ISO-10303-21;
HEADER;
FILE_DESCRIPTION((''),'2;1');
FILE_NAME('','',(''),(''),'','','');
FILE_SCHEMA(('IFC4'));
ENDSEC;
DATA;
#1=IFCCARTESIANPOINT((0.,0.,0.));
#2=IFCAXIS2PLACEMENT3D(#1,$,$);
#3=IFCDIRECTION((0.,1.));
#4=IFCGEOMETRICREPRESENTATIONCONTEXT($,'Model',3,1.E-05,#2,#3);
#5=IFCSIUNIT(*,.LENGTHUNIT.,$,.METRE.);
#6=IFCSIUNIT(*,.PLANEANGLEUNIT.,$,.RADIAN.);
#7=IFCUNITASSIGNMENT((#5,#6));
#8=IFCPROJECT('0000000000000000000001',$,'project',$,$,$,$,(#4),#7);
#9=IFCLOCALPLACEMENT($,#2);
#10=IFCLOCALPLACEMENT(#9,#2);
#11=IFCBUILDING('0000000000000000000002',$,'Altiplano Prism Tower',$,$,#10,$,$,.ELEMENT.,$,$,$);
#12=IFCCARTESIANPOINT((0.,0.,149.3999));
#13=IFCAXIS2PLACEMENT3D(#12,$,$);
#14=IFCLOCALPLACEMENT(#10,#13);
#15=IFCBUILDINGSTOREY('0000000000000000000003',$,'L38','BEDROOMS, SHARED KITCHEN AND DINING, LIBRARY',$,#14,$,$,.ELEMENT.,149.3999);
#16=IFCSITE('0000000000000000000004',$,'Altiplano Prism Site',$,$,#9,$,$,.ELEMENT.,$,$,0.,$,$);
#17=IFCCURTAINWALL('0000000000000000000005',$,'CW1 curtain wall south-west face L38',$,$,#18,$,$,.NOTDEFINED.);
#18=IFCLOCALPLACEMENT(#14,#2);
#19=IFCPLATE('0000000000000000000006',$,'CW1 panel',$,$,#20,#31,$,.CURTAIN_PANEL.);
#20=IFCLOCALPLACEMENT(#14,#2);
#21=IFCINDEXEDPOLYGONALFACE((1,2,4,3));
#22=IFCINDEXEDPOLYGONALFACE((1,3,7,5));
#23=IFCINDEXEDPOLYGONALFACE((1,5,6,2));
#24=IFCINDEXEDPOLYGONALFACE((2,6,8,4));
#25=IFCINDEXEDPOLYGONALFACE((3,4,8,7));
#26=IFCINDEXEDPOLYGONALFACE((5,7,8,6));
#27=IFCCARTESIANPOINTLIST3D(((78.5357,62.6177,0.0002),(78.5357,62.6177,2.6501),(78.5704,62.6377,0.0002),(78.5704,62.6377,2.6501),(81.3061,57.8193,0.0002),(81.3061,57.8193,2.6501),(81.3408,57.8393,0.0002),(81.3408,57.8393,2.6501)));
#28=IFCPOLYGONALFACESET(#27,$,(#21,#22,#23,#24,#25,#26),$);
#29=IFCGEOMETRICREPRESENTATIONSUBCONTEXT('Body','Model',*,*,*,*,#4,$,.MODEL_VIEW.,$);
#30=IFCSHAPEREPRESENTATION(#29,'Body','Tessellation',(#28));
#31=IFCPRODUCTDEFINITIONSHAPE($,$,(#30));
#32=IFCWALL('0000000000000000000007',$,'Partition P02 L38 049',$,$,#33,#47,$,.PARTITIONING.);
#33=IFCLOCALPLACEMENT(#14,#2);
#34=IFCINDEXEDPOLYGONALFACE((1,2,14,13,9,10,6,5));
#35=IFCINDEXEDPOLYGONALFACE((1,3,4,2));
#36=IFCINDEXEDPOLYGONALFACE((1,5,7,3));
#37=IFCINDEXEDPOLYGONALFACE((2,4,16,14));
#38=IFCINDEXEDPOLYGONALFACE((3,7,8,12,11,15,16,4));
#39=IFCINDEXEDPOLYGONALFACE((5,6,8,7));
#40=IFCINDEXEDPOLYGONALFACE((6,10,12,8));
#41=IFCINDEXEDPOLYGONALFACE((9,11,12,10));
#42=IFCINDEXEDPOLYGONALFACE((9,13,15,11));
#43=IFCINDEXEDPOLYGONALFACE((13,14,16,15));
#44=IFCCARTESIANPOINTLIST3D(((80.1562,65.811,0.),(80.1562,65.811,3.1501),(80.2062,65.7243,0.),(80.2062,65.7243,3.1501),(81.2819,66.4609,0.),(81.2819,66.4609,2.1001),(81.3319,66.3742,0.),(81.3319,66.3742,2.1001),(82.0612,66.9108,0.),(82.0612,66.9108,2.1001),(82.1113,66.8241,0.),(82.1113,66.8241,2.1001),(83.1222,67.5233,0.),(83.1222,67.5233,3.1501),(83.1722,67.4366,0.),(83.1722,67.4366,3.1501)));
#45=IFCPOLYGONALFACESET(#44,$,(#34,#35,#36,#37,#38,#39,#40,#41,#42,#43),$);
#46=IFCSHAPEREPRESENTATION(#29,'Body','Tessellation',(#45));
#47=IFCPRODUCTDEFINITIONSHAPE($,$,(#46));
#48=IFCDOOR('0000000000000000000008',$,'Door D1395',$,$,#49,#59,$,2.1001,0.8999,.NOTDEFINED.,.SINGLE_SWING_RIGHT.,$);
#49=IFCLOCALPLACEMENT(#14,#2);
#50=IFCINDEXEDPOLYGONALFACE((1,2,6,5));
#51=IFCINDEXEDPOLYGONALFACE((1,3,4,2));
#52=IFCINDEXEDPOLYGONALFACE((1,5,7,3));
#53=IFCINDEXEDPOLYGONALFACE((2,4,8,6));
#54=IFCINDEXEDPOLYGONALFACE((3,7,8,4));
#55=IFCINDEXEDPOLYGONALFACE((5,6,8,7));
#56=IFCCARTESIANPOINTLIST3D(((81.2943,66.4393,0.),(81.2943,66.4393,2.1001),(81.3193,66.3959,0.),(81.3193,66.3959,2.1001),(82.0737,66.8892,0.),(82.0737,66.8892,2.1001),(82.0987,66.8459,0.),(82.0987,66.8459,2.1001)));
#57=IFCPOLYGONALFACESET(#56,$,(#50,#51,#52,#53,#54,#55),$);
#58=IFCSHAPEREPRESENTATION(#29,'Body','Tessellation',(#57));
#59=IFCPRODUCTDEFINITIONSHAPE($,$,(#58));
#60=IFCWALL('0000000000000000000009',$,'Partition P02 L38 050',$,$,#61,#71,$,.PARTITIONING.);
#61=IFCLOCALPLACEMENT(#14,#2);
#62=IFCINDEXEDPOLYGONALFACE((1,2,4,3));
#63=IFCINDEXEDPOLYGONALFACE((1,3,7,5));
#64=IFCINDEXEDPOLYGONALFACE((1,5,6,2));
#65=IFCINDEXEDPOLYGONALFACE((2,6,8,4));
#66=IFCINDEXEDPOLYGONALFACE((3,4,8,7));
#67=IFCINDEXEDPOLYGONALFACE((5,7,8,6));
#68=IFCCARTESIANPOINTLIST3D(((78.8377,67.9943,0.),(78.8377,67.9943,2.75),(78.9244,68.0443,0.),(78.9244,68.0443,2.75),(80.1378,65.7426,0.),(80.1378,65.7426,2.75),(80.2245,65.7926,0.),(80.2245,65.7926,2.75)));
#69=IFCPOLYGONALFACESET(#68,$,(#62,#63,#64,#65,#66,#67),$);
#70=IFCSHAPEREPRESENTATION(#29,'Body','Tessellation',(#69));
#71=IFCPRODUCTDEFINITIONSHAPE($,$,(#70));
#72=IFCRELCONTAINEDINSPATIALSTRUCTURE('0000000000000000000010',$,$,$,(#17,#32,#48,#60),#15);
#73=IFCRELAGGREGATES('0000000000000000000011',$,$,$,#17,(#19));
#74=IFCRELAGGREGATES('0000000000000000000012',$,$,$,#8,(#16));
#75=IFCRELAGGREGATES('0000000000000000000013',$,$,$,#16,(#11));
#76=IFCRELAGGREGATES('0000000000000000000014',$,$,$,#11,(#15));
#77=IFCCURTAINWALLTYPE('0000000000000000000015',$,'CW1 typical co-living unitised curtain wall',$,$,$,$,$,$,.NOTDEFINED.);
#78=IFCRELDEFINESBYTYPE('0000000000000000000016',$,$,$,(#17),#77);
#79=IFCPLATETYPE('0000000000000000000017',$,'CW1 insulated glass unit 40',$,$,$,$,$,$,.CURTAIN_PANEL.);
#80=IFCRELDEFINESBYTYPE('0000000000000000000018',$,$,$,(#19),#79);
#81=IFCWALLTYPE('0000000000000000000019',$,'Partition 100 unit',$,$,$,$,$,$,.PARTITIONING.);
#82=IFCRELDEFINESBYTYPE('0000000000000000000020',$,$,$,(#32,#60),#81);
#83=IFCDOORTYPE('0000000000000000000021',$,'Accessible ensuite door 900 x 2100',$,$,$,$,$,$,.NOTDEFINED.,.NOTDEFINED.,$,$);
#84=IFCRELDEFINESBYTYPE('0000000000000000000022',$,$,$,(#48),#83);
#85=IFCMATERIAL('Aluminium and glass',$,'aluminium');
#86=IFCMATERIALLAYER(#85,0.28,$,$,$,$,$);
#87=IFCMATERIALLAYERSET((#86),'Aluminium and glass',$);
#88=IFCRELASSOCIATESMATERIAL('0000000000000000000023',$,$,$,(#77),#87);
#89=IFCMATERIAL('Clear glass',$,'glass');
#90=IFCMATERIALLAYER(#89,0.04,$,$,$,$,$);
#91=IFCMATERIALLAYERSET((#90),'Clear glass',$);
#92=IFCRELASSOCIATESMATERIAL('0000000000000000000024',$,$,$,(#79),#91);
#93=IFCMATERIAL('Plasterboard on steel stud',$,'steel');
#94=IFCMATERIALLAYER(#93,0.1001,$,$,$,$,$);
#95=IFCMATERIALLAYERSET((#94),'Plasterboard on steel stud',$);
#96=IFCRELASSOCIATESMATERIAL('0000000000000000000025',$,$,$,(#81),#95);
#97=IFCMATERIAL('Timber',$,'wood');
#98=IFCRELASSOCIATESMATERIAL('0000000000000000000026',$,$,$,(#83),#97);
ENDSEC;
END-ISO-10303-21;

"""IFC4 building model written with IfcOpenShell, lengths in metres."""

from ifc_helpers import new_model, si_unit, direction, frame, frame_2d, origin, origin_2d, place, context, subcontext, project, spatial, rectangle, extrude, material, layer, layer_set, type_object, element, fill, aggregate, save


model = new_model("IFC4")

# Units and contexts
model_context = context("Model", 3, precision=1e-05, world=origin(), true_north=direction((0.0, 1.0)))
body_context = subcontext(model_context, "Body", "Model", "MODEL_VIEW")
ifc_project = project(units=[si_unit("LENGTHUNIT", "METRE"), si_unit("PLANEANGLEUNIT", "RADIAN")], contexts=[model_context])

# Site, building, storey
site_placement = place(None, origin())
site = spatial("IfcSite", under=ifc_project, at=site_placement, Name="Altiplano Prism Site", CompositionType="ELEMENT", RefElevation=0.0)
building_placement = place(site_placement, origin())
building = spatial("IfcBuilding", under=site, at=building_placement, Name="Altiplano Prism Tower", CompositionType="ELEMENT")
storey_placement = place(building_placement, frame((0.0, 0.0, 149.3999)))
storey = spatial("IfcBuildingStorey", under=building, at=storey_placement, Name="L38", Description="BEDROOMS, SHARED KITCHEN AND DINING, LIBRARY", CompositionType="ELEMENT", Elevation=149.3999)

# Curtain wall, plate
ifc_material_1 = material(Name="Aluminium and glass", Category="aluminium")
ifc_layer_1 = layer(ifc_material_1, 0.28)
ifc_layer_set_1 = layer_set([ifc_layer_1], Name="Aluminium and glass")
curtain_wall_type = type_object("IfcCurtainWallType", Name="CW1 typical co-living unitised curtain wall", PredefinedType="NOTDEFINED", material=ifc_layer_set_1)
curtain_wall_placement = place(storey_placement, origin())
curtain_wall = element("IfcCurtainWall", 1, at=curtain_wall_placement, inside=storey, type_object=curtain_wall_type, Name="CW1 curtain wall south-west face L38", PredefinedType="NOTDEFINED")
ifc_material_2 = material(Name="Clear glass", Category="glass")
ifc_layer_2 = layer(ifc_material_2, 0.04)
ifc_layer_set_2 = layer_set([ifc_layer_2], Name="Clear glass")
plate_type = type_object("IfcPlateType", Name="CW1 insulated glass unit 40", PredefinedType="CURTAIN_PANEL", material=ifc_layer_set_2)
plate_placement = place(storey_placement, frame((79.9382, 60.2285, 0.0002), z_axis=(0.0, 0.0, 1.0), x_axis=(0.5, -0.866025, 0.0)))
plate = element("IfcPlate", 2, at=plate_placement, type_object=plate_type, Name="CW1 panel", PredefinedType="CURTAIN_PANEL", context=body_context, shape_type="SweptSolid", body=[
    extrude(rectangle(XDim=5.5408, YDim=0.04, at=origin_2d()), origin(), (0.0, 0.0, 1.0), 2.6499),
])
aggregate(curtain_wall, [plate])

# Wall, opening, door
ifc_material_3 = material(Name="Plasterboard on steel stud", Category="steel")
ifc_layer_3 = layer(ifc_material_3, 0.1001)
ifc_layer_set_3 = layer_set([ifc_layer_3], Name="Plasterboard on steel stud")
wall_type_1 = type_object("IfcWallType", Name="Partition 100 unit", PredefinedType="PARTITIONING", material=ifc_layer_set_3)
wall_1_placement = place(storey_placement, frame((83.1472, 67.48, 0.0), z_axis=(0.0, 0.0, 1.0), x_axis=(-0.866032, -0.499988, 0.0)))
wall_1 = element("IfcWall", 3, at=wall_1_placement, inside=storey, type_object=wall_type_1, Name="Partition P02 L38 049", PredefinedType="PARTITIONING", context=body_context, shape_type="SweptSolid", body=[
    extrude(rectangle(XDim=3.4248, YDim=0.1001, at=frame_2d((1.7124, 0.0))), origin(), (0.0, 0.0, 1.0), 3.1501),
])
opening_1_placement = place(wall_1_placement, frame((1.2251, 0.0, 0.0)))
opening_1 = element("IfcOpeningElement", 4, at=opening_1_placement, cuts=wall_1, PredefinedType="OPENING", context=body_context, shape_type="SweptSolid", body=[
    extrude(rectangle(XDim=0.8999, YDim=2.1001, at=frame_2d((0.45, 1.05))), frame((0.0, 0.0605, 0.0), z_axis=(0.0, -1.0, 0.0), x_axis=(1.0, 0.0, 0.0)), (0.0, 0.0, 1.0), 0.1211),
])
ifc_material_4 = material(Name="Timber", Category="wood")
door_type_1 = type_object("IfcDoorType", Name="Accessible ensuite door 900 x 2100", OperationType="NOTDEFINED", PredefinedType="NOTDEFINED", material=ifc_material_4)
door_1_placement = place(opening_1_placement, origin())
door_1 = element("IfcDoor", 5, at=door_1_placement, inside=storey, type_object=door_type_1, Name="Door D1395", OperationType="SINGLE_SWING_RIGHT", OverallHeight=2.1001, OverallWidth=0.8999, PredefinedType="NOTDEFINED", context=body_context, shape_type="SweptSolid", body=[
    extrude(rectangle(XDim=0.8999, YDim=2.1001, at=frame_2d((0.45, 1.05))), frame((0.0, 0.0249, 0.0), z_axis=(0.0, -1.0, 0.0), x_axis=(1.0, 0.0, 0.0)), (0.0, 0.0, 1.0), 0.05),
])
fill(opening_1, door_1)

# Wall
wall_2_placement = place(storey_placement, frame((80.1812, 65.7676, 0.0), z_axis=(0.0, 0.0, 1.0), x_axis=(-0.500007, 0.866021, 0.0)))
element("IfcWall", 6, at=wall_2_placement, inside=storey, type_object=wall_type_1, Name="Partition P02 L38 050", PredefinedType="PARTITIONING", context=body_context, shape_type="SweptSolid", body=[
    extrude(rectangle(XDim=2.6001, YDim=0.1001, at=frame_2d((1.3, 0.0))), origin(), (0.0, 0.0, 1.0), 2.75),
])

save(model, "model.ifc")
